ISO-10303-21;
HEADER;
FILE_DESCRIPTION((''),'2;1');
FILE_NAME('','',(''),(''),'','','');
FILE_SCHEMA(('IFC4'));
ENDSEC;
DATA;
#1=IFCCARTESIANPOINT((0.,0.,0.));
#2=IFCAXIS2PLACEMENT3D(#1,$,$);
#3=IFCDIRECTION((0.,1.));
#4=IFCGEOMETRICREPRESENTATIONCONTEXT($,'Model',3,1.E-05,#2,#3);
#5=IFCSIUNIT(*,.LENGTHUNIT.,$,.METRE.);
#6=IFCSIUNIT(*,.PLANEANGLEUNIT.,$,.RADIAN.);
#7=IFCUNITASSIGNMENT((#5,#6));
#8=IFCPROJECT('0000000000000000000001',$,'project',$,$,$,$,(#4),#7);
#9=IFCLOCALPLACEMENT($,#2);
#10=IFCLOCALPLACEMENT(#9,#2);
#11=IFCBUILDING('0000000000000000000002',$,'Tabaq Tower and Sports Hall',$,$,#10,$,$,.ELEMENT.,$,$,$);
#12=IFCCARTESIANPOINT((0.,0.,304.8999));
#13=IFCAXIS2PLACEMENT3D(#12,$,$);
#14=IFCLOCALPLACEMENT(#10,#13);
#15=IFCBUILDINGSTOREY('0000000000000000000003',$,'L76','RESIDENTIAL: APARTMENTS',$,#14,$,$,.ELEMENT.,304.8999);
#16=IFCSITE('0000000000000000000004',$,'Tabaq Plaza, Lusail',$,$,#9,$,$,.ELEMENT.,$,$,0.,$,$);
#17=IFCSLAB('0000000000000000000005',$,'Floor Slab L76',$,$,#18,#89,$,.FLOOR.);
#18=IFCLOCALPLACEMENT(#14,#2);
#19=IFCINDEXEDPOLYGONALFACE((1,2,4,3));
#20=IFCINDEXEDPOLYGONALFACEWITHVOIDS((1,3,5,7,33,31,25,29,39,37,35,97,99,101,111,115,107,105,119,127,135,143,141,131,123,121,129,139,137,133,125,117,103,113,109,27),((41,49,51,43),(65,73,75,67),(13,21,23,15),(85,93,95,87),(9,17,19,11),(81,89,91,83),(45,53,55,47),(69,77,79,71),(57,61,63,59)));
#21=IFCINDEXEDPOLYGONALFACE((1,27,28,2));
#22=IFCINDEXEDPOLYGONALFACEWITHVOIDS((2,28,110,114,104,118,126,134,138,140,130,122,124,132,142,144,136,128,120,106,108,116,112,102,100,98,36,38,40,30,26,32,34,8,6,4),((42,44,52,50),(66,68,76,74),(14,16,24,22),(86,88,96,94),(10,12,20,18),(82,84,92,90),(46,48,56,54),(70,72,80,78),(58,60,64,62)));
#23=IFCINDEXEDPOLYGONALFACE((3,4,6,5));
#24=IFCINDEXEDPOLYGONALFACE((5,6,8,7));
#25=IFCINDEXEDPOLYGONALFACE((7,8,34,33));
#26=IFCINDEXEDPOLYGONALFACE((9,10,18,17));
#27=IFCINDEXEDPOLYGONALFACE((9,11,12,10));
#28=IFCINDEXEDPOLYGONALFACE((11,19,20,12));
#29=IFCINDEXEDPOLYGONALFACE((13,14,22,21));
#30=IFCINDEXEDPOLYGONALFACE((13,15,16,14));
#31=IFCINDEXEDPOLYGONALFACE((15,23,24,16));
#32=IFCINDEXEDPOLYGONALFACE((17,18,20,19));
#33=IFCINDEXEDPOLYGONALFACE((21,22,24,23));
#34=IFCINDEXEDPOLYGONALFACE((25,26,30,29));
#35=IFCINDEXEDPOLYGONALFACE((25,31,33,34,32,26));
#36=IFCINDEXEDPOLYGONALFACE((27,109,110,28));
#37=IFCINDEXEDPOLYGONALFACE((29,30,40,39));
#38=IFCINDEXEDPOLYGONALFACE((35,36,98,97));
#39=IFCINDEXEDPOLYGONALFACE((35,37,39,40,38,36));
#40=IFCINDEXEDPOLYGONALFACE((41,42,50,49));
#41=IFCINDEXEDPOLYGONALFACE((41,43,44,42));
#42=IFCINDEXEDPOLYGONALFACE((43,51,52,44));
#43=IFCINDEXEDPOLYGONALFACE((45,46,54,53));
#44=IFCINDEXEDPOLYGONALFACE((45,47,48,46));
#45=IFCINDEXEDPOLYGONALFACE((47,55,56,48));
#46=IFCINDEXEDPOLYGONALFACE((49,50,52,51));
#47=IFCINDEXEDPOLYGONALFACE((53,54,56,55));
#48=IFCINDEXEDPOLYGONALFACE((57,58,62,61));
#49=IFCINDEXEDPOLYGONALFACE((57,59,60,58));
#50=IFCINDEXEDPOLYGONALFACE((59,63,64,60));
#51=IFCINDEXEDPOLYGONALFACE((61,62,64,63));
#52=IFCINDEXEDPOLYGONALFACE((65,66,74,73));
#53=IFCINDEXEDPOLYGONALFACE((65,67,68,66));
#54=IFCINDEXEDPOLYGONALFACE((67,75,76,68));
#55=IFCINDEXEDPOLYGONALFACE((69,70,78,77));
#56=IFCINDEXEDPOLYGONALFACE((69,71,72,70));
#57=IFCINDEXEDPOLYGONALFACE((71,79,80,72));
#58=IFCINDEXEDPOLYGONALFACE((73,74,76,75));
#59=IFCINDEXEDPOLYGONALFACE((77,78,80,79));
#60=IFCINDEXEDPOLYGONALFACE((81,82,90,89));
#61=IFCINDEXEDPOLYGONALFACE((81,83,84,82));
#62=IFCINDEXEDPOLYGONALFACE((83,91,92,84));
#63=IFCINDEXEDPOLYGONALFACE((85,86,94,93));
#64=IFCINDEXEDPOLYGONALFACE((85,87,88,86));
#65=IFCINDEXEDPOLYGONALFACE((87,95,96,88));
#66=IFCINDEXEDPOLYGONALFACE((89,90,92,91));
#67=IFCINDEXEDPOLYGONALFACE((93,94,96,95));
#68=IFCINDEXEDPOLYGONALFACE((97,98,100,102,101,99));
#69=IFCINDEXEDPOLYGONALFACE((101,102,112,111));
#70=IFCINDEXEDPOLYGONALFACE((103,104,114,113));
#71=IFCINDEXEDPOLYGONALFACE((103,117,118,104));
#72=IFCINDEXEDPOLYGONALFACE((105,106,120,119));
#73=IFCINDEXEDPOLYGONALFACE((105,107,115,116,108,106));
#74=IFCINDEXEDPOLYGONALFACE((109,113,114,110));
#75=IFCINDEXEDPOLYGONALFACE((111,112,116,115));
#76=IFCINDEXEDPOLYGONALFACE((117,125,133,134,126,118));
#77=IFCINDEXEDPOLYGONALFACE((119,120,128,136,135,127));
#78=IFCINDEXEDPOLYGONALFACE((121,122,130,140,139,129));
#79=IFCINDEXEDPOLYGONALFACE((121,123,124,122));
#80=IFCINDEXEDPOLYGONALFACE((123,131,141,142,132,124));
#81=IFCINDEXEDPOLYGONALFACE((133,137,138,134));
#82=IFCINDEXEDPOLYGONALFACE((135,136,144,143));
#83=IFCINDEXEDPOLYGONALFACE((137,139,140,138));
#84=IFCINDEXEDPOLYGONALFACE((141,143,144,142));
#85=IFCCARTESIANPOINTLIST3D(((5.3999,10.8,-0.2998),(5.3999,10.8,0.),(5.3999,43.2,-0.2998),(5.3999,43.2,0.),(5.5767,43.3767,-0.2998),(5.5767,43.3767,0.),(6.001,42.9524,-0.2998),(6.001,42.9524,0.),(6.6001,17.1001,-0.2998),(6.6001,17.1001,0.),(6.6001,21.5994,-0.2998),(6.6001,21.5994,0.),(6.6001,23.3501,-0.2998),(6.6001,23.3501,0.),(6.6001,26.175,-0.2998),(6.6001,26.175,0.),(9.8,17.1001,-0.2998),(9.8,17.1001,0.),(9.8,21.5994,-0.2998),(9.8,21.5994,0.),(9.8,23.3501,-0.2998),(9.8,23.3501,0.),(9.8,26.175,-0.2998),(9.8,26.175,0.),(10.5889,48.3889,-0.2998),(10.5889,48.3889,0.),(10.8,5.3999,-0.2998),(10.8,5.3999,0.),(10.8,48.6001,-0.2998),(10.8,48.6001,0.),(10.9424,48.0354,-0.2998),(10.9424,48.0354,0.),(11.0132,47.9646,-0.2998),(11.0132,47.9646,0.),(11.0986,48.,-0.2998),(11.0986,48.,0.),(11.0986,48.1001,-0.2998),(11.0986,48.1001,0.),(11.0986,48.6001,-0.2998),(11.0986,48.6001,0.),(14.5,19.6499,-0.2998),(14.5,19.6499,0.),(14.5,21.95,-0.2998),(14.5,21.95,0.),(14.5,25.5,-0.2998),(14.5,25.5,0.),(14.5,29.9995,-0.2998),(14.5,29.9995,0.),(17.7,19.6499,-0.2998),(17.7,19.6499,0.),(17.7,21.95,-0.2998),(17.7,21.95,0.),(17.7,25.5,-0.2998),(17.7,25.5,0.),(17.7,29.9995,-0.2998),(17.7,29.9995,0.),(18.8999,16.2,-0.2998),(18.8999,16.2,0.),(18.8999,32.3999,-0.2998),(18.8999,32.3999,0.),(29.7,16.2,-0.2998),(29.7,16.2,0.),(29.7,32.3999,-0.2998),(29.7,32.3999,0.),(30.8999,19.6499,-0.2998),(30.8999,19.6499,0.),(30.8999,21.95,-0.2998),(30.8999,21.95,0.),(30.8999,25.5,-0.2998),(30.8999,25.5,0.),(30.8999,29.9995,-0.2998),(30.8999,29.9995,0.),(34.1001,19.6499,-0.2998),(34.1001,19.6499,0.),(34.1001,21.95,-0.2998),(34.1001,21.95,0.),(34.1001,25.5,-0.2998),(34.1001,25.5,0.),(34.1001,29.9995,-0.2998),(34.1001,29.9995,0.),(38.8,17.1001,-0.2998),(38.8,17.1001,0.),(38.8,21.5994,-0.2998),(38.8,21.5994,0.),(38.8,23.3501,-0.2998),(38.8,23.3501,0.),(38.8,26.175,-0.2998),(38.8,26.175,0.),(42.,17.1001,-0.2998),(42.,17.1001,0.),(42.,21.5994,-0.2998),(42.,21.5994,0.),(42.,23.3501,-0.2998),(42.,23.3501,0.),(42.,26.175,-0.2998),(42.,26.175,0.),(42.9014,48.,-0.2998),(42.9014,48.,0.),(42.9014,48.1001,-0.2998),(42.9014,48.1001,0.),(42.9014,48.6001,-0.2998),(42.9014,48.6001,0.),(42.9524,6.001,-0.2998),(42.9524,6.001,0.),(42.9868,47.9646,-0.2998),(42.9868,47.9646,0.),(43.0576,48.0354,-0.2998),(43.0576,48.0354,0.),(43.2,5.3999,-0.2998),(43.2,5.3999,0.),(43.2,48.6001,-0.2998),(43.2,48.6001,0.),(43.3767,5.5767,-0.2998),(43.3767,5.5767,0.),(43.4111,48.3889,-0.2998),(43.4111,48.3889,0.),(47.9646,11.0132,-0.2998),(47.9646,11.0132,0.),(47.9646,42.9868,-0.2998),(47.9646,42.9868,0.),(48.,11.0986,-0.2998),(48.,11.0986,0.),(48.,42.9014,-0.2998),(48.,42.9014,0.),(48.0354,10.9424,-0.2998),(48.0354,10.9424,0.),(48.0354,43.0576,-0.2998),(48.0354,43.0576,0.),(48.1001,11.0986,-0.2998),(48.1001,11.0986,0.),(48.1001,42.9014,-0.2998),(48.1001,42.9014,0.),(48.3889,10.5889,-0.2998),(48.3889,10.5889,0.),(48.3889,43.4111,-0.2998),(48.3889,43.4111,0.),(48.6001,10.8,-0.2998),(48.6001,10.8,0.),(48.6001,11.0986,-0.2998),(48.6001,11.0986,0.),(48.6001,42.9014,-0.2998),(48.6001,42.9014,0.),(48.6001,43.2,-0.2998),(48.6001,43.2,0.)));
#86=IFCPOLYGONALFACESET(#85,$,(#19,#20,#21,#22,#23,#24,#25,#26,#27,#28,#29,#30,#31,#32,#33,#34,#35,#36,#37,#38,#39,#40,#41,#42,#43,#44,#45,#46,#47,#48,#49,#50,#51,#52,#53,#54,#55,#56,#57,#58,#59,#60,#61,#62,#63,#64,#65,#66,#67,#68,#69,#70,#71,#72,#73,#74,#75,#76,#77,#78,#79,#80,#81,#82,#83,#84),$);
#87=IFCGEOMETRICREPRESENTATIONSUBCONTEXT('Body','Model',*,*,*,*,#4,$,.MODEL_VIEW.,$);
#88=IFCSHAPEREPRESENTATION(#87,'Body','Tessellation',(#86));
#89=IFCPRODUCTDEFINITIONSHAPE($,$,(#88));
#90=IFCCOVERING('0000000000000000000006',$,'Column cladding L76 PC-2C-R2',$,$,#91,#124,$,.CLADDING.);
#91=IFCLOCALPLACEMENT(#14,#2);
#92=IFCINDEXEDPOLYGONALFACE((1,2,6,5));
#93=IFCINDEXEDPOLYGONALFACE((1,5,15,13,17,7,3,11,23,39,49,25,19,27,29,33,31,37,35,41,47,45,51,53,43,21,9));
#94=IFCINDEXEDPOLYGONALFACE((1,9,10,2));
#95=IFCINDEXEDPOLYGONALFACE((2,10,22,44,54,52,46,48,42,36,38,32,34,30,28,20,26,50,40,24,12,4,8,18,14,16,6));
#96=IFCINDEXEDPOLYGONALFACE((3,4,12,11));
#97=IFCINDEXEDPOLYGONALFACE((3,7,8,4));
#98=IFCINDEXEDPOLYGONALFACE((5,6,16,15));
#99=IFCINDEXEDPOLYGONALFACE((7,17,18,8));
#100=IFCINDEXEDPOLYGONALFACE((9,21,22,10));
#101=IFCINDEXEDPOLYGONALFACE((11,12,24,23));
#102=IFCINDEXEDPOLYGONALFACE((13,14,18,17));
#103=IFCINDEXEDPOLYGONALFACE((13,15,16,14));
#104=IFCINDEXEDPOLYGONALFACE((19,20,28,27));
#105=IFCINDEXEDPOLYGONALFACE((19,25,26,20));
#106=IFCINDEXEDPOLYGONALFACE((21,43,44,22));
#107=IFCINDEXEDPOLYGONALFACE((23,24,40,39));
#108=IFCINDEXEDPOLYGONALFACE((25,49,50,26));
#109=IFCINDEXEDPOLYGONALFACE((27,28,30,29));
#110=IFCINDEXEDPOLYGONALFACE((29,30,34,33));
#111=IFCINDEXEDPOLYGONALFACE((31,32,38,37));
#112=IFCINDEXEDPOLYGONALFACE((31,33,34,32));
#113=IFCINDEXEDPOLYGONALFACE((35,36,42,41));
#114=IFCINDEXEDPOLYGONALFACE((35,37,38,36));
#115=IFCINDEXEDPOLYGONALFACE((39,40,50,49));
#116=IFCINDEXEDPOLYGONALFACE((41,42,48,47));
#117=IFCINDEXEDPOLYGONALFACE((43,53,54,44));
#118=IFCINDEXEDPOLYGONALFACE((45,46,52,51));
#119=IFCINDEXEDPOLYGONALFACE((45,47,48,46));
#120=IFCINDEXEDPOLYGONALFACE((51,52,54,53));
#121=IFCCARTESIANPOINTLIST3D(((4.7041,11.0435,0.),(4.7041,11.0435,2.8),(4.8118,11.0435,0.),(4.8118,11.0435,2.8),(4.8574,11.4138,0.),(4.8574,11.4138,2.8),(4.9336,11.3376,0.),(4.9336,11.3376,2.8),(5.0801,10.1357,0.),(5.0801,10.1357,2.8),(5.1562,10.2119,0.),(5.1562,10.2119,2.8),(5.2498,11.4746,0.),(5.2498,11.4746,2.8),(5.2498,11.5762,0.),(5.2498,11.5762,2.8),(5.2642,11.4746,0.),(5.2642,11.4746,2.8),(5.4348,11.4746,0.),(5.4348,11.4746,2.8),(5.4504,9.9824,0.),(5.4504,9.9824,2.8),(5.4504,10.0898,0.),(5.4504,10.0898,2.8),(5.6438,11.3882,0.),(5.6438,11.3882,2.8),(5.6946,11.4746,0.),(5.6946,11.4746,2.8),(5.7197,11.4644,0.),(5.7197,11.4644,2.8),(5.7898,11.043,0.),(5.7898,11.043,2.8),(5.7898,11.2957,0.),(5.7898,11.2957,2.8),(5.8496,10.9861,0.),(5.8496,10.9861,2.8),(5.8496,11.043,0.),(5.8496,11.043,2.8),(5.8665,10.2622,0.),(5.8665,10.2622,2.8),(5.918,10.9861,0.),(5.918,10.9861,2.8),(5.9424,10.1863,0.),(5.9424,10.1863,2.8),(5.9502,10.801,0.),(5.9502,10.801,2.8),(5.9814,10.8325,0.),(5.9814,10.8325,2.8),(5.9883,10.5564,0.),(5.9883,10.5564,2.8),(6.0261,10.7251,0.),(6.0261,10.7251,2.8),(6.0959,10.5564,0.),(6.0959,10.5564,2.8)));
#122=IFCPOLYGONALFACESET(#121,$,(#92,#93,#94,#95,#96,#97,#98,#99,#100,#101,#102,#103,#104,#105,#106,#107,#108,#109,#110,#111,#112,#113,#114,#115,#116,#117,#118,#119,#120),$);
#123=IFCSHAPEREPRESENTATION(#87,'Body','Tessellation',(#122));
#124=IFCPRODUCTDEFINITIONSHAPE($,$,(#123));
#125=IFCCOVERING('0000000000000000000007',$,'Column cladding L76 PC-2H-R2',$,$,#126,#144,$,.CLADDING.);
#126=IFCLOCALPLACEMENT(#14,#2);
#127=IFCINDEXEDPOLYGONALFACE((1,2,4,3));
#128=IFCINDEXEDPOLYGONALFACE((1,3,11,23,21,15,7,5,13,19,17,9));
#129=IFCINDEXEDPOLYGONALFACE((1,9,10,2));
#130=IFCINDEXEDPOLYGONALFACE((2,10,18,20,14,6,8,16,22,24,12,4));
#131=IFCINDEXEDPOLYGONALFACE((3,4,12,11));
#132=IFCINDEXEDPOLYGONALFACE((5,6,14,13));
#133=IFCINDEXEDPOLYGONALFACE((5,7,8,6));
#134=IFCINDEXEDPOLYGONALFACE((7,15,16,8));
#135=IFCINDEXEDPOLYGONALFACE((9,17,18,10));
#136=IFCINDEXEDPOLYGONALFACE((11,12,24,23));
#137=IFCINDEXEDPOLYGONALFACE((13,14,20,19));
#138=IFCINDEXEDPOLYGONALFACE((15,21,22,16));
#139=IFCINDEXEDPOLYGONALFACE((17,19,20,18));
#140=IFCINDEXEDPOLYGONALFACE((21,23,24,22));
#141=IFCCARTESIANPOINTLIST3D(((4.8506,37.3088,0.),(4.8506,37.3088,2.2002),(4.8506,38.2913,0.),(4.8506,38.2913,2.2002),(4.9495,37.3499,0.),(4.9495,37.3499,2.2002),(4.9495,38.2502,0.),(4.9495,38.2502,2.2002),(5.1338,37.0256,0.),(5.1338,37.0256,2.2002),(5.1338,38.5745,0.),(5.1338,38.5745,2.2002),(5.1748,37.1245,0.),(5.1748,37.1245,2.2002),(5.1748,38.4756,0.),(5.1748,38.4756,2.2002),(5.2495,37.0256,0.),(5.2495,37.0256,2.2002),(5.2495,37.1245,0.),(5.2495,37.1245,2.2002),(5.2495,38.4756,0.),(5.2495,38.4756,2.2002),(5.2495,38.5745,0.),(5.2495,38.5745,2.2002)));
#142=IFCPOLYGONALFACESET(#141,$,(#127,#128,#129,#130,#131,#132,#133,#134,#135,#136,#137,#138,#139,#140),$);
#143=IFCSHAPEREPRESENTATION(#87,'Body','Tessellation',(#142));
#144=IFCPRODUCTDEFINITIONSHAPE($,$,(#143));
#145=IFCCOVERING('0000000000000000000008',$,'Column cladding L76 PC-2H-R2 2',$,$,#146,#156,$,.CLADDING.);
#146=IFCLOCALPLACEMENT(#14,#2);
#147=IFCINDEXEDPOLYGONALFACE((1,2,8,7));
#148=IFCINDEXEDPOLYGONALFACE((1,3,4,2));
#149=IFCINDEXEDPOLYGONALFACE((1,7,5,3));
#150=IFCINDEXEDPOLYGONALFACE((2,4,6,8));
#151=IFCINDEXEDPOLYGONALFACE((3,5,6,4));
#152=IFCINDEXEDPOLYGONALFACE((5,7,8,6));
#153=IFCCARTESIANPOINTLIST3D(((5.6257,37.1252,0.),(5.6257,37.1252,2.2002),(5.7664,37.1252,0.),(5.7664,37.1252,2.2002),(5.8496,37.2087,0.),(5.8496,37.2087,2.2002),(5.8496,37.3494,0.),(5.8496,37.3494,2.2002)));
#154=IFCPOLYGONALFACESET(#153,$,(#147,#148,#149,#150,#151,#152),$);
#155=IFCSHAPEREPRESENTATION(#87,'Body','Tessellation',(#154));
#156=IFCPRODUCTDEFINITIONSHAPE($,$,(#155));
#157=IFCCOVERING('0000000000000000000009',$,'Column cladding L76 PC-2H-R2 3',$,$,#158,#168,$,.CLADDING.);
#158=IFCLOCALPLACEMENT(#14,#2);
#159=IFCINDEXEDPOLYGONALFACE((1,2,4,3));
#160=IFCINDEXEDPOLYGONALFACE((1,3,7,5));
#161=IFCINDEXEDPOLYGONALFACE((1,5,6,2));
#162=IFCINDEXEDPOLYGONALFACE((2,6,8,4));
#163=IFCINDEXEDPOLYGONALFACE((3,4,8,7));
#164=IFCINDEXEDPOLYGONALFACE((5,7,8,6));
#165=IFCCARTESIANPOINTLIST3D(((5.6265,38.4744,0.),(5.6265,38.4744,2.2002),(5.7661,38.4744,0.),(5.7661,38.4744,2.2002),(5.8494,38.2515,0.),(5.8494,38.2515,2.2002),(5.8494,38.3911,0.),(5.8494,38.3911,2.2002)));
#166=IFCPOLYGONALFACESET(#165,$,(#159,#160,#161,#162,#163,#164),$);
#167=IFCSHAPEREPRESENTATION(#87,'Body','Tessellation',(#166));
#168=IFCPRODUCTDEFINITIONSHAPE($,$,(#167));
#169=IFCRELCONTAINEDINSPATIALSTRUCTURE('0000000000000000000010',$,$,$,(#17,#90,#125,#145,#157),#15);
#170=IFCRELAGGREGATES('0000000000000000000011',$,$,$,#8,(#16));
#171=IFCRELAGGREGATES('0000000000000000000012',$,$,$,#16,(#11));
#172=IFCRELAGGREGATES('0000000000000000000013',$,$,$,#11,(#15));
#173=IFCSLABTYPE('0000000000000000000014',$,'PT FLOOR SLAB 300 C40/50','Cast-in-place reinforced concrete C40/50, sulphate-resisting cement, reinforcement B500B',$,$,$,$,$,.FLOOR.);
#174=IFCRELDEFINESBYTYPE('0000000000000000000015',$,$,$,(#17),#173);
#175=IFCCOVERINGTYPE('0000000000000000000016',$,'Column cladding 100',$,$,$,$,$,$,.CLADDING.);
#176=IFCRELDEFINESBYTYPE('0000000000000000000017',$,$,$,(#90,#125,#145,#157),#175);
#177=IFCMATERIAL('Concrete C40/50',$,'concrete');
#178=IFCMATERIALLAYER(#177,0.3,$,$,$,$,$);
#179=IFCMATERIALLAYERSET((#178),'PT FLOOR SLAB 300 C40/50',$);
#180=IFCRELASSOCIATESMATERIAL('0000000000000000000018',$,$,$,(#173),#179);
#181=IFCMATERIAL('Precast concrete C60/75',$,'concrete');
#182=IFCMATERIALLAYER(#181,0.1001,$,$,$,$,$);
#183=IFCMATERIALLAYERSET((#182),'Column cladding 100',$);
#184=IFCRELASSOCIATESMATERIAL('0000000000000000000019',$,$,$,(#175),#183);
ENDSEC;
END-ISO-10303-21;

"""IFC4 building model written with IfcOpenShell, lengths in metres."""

from ifc_helpers import new_model, si_unit, direction, frame, origin, place, context, subcontext, project, spatial, polyline, outline, extrude, material, layer, layer_set, type_object, element, save


model = new_model("IFC4")

# Units and contexts
model_context = context("Model", 3, precision=1e-05, world=origin(), true_north=direction((0.0, 1.0)))
body_context = subcontext(model_context, "Body", "Model", "MODEL_VIEW")
ifc_project = project(units=[si_unit("LENGTHUNIT", "METRE"), si_unit("PLANEANGLEUNIT", "RADIAN")], contexts=[model_context])

# Site, building, storey
site_placement = place(None, origin())
site = spatial("IfcSite", under=ifc_project, at=site_placement, Name="Tabaq Plaza, Lusail", CompositionType="ELEMENT", RefElevation=0.0)
building_placement = place(site_placement, origin())
building = spatial("IfcBuilding", under=site, at=building_placement, Name="Tabaq Tower and Sports Hall", CompositionType="ELEMENT")
storey_placement = place(building_placement, frame((0.0, 0.0, 304.8999)))
storey = spatial("IfcBuildingStorey", under=building, at=storey_placement, Name="L76", Description="RESIDENTIAL: APARTMENTS", CompositionType="ELEMENT", Elevation=304.8999)

# Slab
ifc_material_1 = material(Name="Concrete C40/50", Category="concrete")
ifc_layer_1 = layer(ifc_material_1, 0.3)
ifc_layer_set_1 = layer_set([ifc_layer_1], Name="PT FLOOR SLAB 300 C40/50")
slab_type = type_object("IfcSlabType", Name="PT FLOOR SLAB 300 C40/50", Description="Cast-in-place reinforced concrete C40/50, sulphate-resisting cement, reinforcement B500B", PredefinedType="FLOOR", material=ifc_layer_set_1)
slab_placement = place(storey_placement, frame((0.0, 0.0, -0.2998)))
element("IfcSlab", 1, at=slab_placement, inside=storey, type_object=slab_type, Name="Floor Slab L76", PredefinedType="FLOOR", context=body_context, shape_type="SweptSolid", body=[
    extrude(outline(polyline([(5.3999, 43.2), (5.3999, 10.8), (10.8, 5.3999), (43.2, 5.3999), (43.3767, 5.5767), (42.9524, 6.001), (47.9646, 11.0132), (48.0354, 10.9424), (48.3889, 10.5889), (48.6001, 10.8), (48.6001, 11.0986), (48.1001, 11.0986), (48.0, 11.0986), (48.0, 42.9014), (48.1001, 42.9014), (48.6001, 42.9014), (48.6001, 43.2), (48.3889, 43.4111), (48.0354, 43.0576), (47.9646, 42.9868), (42.9868, 47.9646), (43.0576, 48.0354), (43.4111, 48.3889), (43.2, 48.6001), (42.9014, 48.6001), (42.9014, 48.1001), (42.9014, 48.0), (11.0986, 48.0), (11.0986, 48.1001), (11.0986, 48.6001), (10.8, 48.6001), (10.5889, 48.3889), (10.9424, 48.0354), (11.0132, 47.9646), (6.001, 42.9524), (5.5767, 43.3767), (5.3999, 43.2)]), holes=[polyline([(6.6001, 21.5994), (9.8, 21.5994), (9.8, 17.1001), (6.6001, 17.1001), (6.6001, 21.5994)]), polyline([(38.8, 21.5994), (42.0, 21.5994), (42.0, 17.1001), (38.8, 17.1001), (38.8, 21.5994)]), polyline([(14.5, 21.95), (17.7, 21.95), (17.7, 19.6499), (14.5, 19.6499), (14.5, 21.95)]), polyline([(30.8999, 21.95), (34.1001, 21.95), (34.1001, 19.6499), (30.8999, 19.6499), (30.8999, 21.95)]), polyline([(18.8999, 16.2), (18.8999, 32.3999), (29.7, 32.3999), (29.7, 16.2), (18.8999, 16.2)]), polyline([(6.6001, 26.175), (9.8, 26.175), (9.8, 23.3501), (6.6001, 23.3501), (6.6001, 26.175)]), polyline([(38.8, 26.175), (42.0, 26.175), (42.0, 23.3501), (38.8, 23.3501), (38.8, 26.175)]), polyline([(17.7, 29.9995), (17.7, 25.5), (14.5, 25.5), (14.5, 29.9995), (17.7, 29.9995)]), polyline([(34.1001, 29.9995), (34.1001, 25.5), (30.8999, 25.5), (30.8999, 29.9995), (34.1001, 29.9995)])]), origin(), (0.0, 0.0, 1.0), 0.2998),
])

# Coverings
ifc_material_2 = material(Name="Precast concrete C60/75", Category="concrete")
ifc_layer_2 = layer(ifc_material_2, 0.1001)
ifc_layer_set_2 = layer_set([ifc_layer_2], Name="Column cladding 100")
covering_type = type_object("IfcCoveringType", Name="Column cladding 100", PredefinedType="CLADDING", material=ifc_layer_set_2)
covering_1_placement = place(storey_placement, origin())
element("IfcCovering", 2, at=covering_1_placement, inside=storey, type_object=covering_type, Name="Column cladding L76 PC-2C-R2", PredefinedType="CLADDING", context=body_context, shape_type="SweptSolid", body=[
    extrude(outline(polyline([(5.4504, 9.9824), (5.0801, 10.1357), (4.7041, 11.0435), (4.8574, 11.4138), (5.2498, 11.5762), (5.2498, 11.4746), (5.2642, 11.4746), (4.9336, 11.3376), (4.8118, 11.0435), (5.1562, 10.2119), (5.4504, 10.0898), (5.8665, 10.2622), (5.9883, 10.5564), (5.6438, 11.3882), (5.4348, 11.4746), (5.6946, 11.4746), (5.7197, 11.4644), (5.7898, 11.2957), (5.7898, 11.043), (5.8496, 11.043), (5.8496, 10.9861), (5.918, 10.9861), (5.9814, 10.8325), (5.9502, 10.801), (6.0261, 10.7251), (6.0959, 10.5564), (5.9424, 10.1863), (5.4504, 9.9824)])), origin(), (0.0, 0.0, 1.0), 2.8),
])
covering_2_placement = place(storey_placement, origin())
element("IfcCovering", 3, at=covering_2_placement, inside=storey, type_object=covering_type, Name="Column cladding L76 PC-2H-R2", PredefinedType="CLADDING", context=body_context, shape_type="SweptSolid", body=[
    extrude(outline(polyline([(5.1338, 37.0256), (4.8506, 37.3088), (4.8506, 38.2913), (5.1338, 38.5745), (5.2495, 38.5745), (5.2495, 38.4756), (5.1748, 38.4756), (4.9495, 38.2502), (4.9495, 37.3499), (5.1748, 37.1245), (5.2495, 37.1245), (5.2495, 37.0256), (5.1338, 37.0256)])), origin(), (0.0, 0.0, 1.0), 2.2002),
])
covering_3_placement = place(storey_placement, origin())
element("IfcCovering", 4, at=covering_3_placement, inside=storey, type_object=covering_type, Name="Column cladding L76 PC-2H-R2 2", PredefinedType="CLADDING", context=body_context, shape_type="SweptSolid", body=[
    extrude(outline(polyline([(5.7664, 37.1252), (5.6257, 37.1252), (5.8496, 37.3494), (5.8496, 37.2087), (5.7664, 37.1252)])), origin(), (0.0, 0.0, 1.0), 2.2002),
])
covering_4_placement = place(storey_placement, origin())
element("IfcCovering", 5, at=covering_4_placement, inside=storey, type_object=covering_type, Name="Column cladding L76 PC-2H-R2 3", PredefinedType="CLADDING", context=body_context, shape_type="SweptSolid", body=[
    extrude(outline(polyline([(5.6265, 38.4744), (5.7661, 38.4744), (5.8494, 38.3911), (5.8494, 38.2515), (5.6265, 38.4744)])), origin(), (0.0, 0.0, 1.0), 2.2002),
])

save(model, "model.ifc")
